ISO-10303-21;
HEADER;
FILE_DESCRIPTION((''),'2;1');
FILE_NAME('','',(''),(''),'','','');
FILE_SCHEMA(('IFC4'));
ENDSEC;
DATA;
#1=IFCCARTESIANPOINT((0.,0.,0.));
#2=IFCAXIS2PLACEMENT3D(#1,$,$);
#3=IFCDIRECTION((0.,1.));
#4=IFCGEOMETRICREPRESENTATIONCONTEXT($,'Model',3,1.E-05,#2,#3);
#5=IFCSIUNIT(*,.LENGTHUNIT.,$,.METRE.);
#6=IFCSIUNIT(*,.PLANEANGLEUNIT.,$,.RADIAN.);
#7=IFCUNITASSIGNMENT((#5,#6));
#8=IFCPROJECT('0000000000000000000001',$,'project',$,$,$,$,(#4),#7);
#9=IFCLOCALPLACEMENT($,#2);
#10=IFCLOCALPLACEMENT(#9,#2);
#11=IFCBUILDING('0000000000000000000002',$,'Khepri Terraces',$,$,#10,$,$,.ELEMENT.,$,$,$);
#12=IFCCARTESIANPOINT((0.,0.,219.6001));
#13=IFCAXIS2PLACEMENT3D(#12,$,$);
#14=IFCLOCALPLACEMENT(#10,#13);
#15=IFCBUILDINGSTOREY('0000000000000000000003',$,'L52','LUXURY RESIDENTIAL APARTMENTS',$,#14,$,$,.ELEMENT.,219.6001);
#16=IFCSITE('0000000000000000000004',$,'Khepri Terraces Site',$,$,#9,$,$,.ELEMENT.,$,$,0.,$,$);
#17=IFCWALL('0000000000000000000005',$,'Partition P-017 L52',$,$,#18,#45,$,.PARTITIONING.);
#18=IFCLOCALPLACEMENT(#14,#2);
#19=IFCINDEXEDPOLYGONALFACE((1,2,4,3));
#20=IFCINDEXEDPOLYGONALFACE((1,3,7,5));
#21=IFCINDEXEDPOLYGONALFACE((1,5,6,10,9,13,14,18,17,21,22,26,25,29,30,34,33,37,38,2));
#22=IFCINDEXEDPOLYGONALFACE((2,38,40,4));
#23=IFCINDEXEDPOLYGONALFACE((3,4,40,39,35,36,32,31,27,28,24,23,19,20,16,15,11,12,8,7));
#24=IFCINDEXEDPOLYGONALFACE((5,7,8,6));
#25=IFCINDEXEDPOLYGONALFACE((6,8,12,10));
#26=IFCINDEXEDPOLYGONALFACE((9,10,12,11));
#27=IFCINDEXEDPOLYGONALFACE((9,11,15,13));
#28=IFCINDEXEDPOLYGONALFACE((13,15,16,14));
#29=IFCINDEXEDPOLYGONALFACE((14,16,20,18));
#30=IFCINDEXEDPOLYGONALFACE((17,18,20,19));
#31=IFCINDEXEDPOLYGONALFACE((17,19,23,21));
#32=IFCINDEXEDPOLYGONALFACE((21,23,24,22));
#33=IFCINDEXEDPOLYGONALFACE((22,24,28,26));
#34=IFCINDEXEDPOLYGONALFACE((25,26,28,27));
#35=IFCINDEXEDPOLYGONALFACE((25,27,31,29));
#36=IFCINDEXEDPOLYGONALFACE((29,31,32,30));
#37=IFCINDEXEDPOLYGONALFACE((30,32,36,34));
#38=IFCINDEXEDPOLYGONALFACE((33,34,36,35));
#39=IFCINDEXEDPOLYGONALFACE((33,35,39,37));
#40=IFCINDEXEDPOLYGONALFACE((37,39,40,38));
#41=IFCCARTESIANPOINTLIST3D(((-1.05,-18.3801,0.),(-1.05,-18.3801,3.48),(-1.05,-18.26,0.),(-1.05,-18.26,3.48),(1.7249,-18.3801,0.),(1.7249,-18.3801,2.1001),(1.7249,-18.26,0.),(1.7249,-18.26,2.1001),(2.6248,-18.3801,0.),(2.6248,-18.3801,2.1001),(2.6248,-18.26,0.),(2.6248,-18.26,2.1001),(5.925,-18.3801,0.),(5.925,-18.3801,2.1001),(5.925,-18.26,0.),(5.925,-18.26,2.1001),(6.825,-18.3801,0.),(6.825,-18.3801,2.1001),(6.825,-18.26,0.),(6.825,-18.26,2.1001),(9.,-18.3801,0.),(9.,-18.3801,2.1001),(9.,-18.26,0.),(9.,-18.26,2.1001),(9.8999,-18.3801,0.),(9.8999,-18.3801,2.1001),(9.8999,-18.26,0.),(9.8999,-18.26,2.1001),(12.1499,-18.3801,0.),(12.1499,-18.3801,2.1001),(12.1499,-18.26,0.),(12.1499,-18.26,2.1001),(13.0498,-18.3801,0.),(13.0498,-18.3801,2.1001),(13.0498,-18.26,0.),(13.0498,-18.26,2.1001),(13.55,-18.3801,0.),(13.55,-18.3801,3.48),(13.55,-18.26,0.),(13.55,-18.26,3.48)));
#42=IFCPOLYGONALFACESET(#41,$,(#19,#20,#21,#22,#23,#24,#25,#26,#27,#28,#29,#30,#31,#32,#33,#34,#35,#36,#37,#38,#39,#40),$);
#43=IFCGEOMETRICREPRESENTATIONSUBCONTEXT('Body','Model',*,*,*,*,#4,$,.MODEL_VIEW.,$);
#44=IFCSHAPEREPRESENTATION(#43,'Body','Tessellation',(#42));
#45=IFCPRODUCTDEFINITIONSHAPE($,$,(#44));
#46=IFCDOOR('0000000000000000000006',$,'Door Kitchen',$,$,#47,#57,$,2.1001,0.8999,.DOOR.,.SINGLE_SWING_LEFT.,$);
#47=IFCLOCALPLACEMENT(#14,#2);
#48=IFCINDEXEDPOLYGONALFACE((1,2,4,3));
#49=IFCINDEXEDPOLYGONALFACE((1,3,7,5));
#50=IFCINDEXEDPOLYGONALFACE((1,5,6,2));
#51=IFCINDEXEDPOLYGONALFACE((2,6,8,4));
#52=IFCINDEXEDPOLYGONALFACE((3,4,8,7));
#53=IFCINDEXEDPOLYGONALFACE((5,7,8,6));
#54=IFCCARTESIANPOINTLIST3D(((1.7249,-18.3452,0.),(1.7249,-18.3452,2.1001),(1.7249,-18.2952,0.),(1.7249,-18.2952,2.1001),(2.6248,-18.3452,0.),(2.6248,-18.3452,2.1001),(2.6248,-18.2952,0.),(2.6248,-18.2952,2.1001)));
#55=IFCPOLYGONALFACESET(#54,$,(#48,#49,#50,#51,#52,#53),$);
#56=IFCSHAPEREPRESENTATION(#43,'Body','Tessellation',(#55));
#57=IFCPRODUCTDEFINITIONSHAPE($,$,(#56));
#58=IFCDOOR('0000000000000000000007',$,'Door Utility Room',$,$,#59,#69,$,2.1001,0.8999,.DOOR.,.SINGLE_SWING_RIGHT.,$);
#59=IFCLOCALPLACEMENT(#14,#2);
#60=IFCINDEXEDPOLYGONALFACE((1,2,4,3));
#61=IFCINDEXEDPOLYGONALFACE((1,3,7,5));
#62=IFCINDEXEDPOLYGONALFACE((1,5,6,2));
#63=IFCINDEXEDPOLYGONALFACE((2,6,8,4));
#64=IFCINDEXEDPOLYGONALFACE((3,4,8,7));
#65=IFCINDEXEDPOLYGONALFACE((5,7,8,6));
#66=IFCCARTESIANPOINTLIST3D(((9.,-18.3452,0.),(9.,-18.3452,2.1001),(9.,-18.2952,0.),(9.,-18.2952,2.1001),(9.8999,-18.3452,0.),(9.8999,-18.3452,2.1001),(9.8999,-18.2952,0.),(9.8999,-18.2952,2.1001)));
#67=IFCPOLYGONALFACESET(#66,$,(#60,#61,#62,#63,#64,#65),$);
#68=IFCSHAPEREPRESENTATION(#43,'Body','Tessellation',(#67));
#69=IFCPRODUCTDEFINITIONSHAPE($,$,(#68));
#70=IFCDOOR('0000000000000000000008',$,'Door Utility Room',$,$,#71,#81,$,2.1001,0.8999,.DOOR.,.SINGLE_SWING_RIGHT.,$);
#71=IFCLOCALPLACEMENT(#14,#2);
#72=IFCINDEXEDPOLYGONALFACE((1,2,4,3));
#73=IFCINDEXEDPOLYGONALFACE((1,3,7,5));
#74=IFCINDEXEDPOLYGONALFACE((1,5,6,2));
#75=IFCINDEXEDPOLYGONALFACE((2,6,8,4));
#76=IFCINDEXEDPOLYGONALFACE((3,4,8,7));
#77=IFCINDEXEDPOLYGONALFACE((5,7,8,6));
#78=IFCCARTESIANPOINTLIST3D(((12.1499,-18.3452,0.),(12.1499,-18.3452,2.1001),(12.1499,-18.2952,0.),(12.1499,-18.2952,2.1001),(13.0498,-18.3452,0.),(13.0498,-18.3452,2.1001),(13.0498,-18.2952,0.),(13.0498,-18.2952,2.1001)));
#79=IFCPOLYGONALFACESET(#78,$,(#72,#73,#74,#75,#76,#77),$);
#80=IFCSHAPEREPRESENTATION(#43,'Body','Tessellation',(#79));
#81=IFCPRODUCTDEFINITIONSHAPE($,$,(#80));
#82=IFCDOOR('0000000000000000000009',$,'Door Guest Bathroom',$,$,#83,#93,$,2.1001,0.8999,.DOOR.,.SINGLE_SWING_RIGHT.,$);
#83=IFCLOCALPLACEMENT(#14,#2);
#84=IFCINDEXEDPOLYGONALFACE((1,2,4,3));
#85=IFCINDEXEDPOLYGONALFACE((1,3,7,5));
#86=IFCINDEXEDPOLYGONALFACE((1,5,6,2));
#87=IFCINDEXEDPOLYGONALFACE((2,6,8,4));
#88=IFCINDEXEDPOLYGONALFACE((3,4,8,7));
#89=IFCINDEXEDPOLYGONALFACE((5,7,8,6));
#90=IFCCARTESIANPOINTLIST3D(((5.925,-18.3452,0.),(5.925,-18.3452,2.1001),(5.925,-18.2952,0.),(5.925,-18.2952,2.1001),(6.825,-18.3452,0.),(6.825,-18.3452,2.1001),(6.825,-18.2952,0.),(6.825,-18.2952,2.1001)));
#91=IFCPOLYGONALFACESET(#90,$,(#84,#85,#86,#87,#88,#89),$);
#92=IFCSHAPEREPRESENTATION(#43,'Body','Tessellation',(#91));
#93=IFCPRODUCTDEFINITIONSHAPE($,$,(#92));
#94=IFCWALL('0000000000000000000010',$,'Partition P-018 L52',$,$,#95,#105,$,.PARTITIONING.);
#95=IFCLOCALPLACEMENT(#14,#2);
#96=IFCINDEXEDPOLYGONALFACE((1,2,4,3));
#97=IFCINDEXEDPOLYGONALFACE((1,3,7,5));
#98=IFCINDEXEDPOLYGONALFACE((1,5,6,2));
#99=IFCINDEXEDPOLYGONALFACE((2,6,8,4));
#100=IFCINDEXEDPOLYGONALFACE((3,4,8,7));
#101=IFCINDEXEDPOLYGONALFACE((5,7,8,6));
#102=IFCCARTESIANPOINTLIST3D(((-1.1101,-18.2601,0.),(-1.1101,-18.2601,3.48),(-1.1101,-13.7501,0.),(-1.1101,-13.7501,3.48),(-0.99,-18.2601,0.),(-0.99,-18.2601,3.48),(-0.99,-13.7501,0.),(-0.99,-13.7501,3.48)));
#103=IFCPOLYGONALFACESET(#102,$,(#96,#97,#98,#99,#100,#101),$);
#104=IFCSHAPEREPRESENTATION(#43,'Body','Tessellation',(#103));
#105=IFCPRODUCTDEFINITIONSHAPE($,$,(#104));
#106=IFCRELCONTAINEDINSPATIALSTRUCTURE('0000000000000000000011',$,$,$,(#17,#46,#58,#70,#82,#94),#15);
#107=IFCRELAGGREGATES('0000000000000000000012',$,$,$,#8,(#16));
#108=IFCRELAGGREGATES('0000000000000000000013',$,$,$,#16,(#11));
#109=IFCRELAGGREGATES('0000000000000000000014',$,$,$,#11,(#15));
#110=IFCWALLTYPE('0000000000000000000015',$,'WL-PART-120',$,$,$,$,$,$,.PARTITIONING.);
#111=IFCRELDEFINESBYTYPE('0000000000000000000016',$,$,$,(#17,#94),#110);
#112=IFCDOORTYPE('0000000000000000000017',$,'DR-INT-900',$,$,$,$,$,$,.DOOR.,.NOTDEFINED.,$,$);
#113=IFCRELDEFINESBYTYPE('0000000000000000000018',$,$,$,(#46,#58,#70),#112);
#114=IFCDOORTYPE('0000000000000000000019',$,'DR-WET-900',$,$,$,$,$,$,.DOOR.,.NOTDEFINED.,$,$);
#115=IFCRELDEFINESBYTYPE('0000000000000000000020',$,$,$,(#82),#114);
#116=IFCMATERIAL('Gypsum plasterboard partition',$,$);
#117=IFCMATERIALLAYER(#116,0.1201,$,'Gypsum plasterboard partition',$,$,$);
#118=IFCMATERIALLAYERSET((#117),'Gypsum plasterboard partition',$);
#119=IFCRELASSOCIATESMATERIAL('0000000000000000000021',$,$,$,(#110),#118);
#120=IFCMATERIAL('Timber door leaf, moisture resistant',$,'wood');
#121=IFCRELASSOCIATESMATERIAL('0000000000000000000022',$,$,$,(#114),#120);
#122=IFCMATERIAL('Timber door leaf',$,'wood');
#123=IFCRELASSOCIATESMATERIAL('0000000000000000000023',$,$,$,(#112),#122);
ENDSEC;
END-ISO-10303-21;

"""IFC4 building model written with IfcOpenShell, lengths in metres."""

from ifc_helpers import new_model, si_unit, direction, frame, frame_2d, origin, place, context, subcontext, project, spatial, rectangle, extrude, material, layer, layer_set, type_object, element, fill, save


model = new_model("IFC4")

# Units and contexts
model_context = context("Model", 3, precision=1e-05, world=origin(), true_north=direction((0.0, 1.0)))
body_context = subcontext(model_context, "Body", "Model", "MODEL_VIEW")
ifc_project = project(units=[si_unit("LENGTHUNIT", "METRE"), si_unit("PLANEANGLEUNIT", "RADIAN")], contexts=[model_context])

# Site, building, storey
site_placement = place(None, origin())
site = spatial("IfcSite", under=ifc_project, at=site_placement, Name="Khepri Terraces Site", CompositionType="ELEMENT", RefElevation=0.0)
building_placement = place(site_placement, origin())
building = spatial("IfcBuilding", under=site, at=building_placement, Name="Khepri Terraces", CompositionType="ELEMENT")
storey_placement = place(building_placement, frame((0.0, 0.0, 219.6001)))
storey = spatial("IfcBuildingStorey", under=building, at=storey_placement, Name="L52", Description="LUXURY RESIDENTIAL APARTMENTS", CompositionType="ELEMENT", Elevation=219.6001)

# Shared definitions
ifc_material_1 = material(Name="Gypsum plasterboard partition")
ifc_layer_1 = layer(ifc_material_1, 0.1201, Name="Gypsum plasterboard partition")
ifc_layer_set_1 = layer_set([ifc_layer_1], Name="Gypsum plasterboard partition")
wall_type_1 = type_object("IfcWallType", Name="WL-PART-120", PredefinedType="PARTITIONING", material=ifc_layer_set_1)
ifc_material_2 = material(Name="Timber door leaf, moisture resistant", Category="wood")
door_type_1 = type_object("IfcDoorType", Name="DR-WET-900", OperationType="NOTDEFINED", PredefinedType="DOOR", material=ifc_material_2)

# Shared definitions
ifc_material_3 = material(Name="Timber door leaf", Category="wood")
door_type_2 = type_object("IfcDoorType", Name="DR-INT-900", OperationType="NOTDEFINED", PredefinedType="DOOR", material=ifc_material_3)

# Wall, openings, doors
wall_1_placement = place(storey_placement, frame((-1.05, -18.3201, 0.0), z_axis=(0.0, 0.0, 1.0), x_axis=(1.0, 0.0, 0.0)))
wall_1 = element("IfcWall", 1, at=wall_1_placement, inside=storey, type_object=wall_type_1, Name="Partition P-017 L52", PredefinedType="PARTITIONING", context=body_context, shape_type="SweptSolid", body=[
    extrude(rectangle(XDim=14.6001, YDim=0.1201, at=frame_2d((7.3, 0.0))), origin(), (0.0, 0.0, 1.0), 3.48),
])
opening_1_placement = place(wall_1_placement, frame((2.7749, 0.0, 0.0)))
opening_1 = element("IfcOpeningElement", 2, at=opening_1_placement, cuts=wall_1, PredefinedType="OPENING", context=body_context, shape_type="SweptSolid", body=[
    extrude(rectangle(XDim=0.8999, YDim=2.1001, at=frame_2d((0.45, 1.05))), frame((0.0, 0.0701, 0.0), z_axis=(0.0, -1.0, 0.0), x_axis=(1.0, 0.0, 0.0)), (0.0, 0.0, 1.0), 0.1401),
])
opening_2_placement = place(wall_1_placement, frame((6.9751, 0.0, 0.0)))
opening_2 = element("IfcOpeningElement", 3, at=opening_2_placement, cuts=wall_1, PredefinedType="OPENING", context=body_context, shape_type="SweptSolid", body=[
    extrude(rectangle(XDim=0.8999, YDim=2.1001, at=frame_2d((0.45, 1.05))), frame((0.0, 0.0701, 0.0), z_axis=(0.0, -1.0, 0.0), x_axis=(1.0, 0.0, 0.0)), (0.0, 0.0, 1.0), 0.1401),
])
opening_3_placement = place(wall_1_placement, frame((10.05, 0.0, 0.0)))
opening_3 = element("IfcOpeningElement", 4, at=opening_3_placement, cuts=wall_1, PredefinedType="OPENING", context=body_context, shape_type="SweptSolid", body=[
    extrude(rectangle(XDim=0.8999, YDim=2.1001, at=frame_2d((0.45, 1.05))), frame((0.0, 0.0701, 0.0), z_axis=(0.0, -1.0, 0.0), x_axis=(1.0, 0.0, 0.0)), (0.0, 0.0, 1.0), 0.1401),
])
opening_4_placement = place(wall_1_placement, frame((13.2, 0.0, 0.0)))
opening_4 = element("IfcOpeningElement", 5, at=opening_4_placement, cuts=wall_1, PredefinedType="OPENING", context=body_context, shape_type="SweptSolid", body=[
    extrude(rectangle(XDim=0.8999, YDim=2.1001, at=frame_2d((0.45, 1.05))), frame((0.0, 0.0701, 0.0), z_axis=(0.0, -1.0, 0.0), x_axis=(1.0, 0.0, 0.0)), (0.0, 0.0, 1.0), 0.1401),
])
door_1_placement = place(opening_1_placement, origin())
door_1 = element("IfcDoor", 6, at=door_1_placement, inside=storey, type_object=door_type_2, Name="Door Kitchen", OperationType="SINGLE_SWING_LEFT", OverallHeight=2.1001, OverallWidth=0.8999, PredefinedType="DOOR", context=body_context, shape_type="SweptSolid", body=[
    extrude(rectangle(XDim=0.8999, YDim=2.1001, at=frame_2d((0.45, 1.05))), frame((0.0, 0.0249, 0.0), z_axis=(0.0, -1.0, 0.0), x_axis=(1.0, 0.0, 0.0)), (0.0, 0.0, 1.0), 0.05),
])
fill(opening_1, door_1)
door_2_placement = place(opening_3_placement, origin())
door_2 = element("IfcDoor", 7, at=door_2_placement, inside=storey, type_object=door_type_2, Name="Door Utility Room", OperationType="SINGLE_SWING_RIGHT", OverallHeight=2.1001, OverallWidth=0.8999, PredefinedType="DOOR", context=body_context, shape_type="SweptSolid", body=[
    extrude(rectangle(XDim=0.8999, YDim=2.1001, at=frame_2d((0.45, 1.05))), frame((0.0, 0.0249, 0.0), z_axis=(0.0, -1.0, 0.0), x_axis=(1.0, 0.0, 0.0)), (0.0, 0.0, 1.0), 0.05),
])
fill(opening_3, door_2)
door_3_placement = place(opening_4_placement, origin())
door_3 = element("IfcDoor", 8, at=door_3_placement, inside=storey, type_object=door_type_2, Name="Door Utility Room", OperationType="SINGLE_SWING_RIGHT", OverallHeight=2.1001, OverallWidth=0.8999, PredefinedType="DOOR", context=body_context, shape_type="SweptSolid", body=[
    extrude(rectangle(XDim=0.8999, YDim=2.1001, at=frame_2d((0.45, 1.05))), frame((0.0, 0.0249, 0.0), z_axis=(0.0, -1.0, 0.0), x_axis=(1.0, 0.0, 0.0)), (0.0, 0.0, 1.0), 0.05),
])
fill(opening_4, door_3)
door_4_placement = place(opening_2_placement, origin())
door_4 = element("IfcDoor", 9, at=door_4_placement, inside=storey, type_object=door_type_1, Name="Door Guest Bathroom", OperationType="SINGLE_SWING_RIGHT", OverallHeight=2.1001, OverallWidth=0.8999, PredefinedType="DOOR", context=body_context, shape_type="SweptSolid", body=[
    extrude(rectangle(XDim=0.8999, YDim=2.1001, at=frame_2d((0.45, 1.05))), frame((0.0, 0.0249, 0.0), z_axis=(0.0, -1.0, 0.0), x_axis=(1.0, 0.0, 0.0)), (0.0, 0.0, 1.0), 0.05),
])
fill(opening_2, door_4)

# Wall
wall_2_placement = place(storey_placement, frame((-1.05, -18.26, 0.0), z_axis=(0.0, 0.0, 1.0), x_axis=(0.0, 1.0, 0.0)))
element("IfcWall", 10, at=wall_2_placement, inside=storey, type_object=wall_type_1, Name="Partition P-018 L52", PredefinedType="PARTITIONING", context=body_context, shape_type="SweptSolid", body=[
    extrude(rectangle(XDim=4.51, YDim=0.1201, at=frame_2d((2.2549, 0.0))), origin(), (0.0, 0.0, 1.0), 3.48),
])

save(model, "model.ifc")
